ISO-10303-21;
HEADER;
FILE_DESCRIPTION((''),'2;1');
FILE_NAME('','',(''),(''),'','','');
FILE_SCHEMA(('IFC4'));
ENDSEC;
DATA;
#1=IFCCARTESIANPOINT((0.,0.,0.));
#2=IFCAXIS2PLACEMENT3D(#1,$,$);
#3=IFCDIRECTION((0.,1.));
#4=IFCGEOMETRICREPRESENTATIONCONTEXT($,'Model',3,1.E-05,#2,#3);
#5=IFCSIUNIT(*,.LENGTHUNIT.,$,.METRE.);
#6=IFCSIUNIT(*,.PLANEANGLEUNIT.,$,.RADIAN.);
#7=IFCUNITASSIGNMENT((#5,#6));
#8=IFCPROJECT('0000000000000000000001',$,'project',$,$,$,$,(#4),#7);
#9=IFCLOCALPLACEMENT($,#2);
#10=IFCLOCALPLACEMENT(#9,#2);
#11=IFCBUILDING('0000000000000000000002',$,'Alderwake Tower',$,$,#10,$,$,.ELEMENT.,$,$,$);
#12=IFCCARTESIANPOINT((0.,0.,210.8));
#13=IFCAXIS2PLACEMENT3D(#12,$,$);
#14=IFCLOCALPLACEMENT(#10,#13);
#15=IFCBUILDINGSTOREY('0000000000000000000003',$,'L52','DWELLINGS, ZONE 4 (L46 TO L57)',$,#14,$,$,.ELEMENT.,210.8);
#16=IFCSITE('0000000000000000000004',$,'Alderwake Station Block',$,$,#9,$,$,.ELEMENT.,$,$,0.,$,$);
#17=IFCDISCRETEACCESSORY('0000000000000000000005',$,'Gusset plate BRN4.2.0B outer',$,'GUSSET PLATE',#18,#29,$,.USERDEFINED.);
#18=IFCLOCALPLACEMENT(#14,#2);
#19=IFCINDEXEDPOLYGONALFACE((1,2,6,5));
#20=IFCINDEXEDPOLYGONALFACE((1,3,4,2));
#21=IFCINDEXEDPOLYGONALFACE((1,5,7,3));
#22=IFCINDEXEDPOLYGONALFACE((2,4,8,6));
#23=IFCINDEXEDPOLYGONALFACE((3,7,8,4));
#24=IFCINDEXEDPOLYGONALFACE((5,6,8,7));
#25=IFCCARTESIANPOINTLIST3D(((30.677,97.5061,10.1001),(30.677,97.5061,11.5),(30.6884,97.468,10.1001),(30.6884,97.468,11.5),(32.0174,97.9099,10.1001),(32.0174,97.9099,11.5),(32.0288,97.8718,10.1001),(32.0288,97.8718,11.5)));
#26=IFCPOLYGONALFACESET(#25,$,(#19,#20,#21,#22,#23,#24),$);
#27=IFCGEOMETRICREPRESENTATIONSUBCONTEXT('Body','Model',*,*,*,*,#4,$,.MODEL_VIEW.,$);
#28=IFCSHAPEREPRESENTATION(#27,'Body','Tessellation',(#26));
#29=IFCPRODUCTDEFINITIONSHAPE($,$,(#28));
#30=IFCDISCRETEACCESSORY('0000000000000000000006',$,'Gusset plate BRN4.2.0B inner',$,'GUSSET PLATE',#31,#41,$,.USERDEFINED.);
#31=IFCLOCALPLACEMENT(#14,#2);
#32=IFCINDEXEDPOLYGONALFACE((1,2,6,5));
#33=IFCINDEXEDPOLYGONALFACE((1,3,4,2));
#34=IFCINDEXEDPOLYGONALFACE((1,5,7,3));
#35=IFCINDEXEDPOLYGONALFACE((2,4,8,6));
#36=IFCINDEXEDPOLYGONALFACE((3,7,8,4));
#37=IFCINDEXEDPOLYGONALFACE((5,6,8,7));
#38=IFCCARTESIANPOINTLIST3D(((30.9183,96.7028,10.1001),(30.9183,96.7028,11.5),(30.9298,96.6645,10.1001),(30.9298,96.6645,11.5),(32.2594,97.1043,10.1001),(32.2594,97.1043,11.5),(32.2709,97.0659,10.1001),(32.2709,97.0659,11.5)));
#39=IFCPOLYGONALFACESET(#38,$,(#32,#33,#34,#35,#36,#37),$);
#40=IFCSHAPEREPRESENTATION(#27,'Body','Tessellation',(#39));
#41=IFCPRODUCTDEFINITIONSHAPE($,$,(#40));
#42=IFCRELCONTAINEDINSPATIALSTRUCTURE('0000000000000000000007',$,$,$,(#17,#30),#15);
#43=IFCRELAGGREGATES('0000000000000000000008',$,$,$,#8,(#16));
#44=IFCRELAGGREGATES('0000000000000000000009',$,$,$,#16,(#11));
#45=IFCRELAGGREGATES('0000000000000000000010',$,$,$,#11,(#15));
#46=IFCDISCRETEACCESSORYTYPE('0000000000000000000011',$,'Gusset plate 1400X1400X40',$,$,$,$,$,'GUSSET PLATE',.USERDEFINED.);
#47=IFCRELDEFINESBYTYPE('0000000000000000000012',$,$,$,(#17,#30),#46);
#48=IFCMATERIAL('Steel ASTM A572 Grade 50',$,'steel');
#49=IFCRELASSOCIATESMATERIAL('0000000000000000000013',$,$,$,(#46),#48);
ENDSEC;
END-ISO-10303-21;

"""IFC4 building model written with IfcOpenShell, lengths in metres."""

from ifc_helpers import new_model, si_unit, direction, frame, origin, origin_2d, place, context, subcontext, project, spatial, rectangle, extrude, material, material_profile, profile_set, type_object, element, save


model = new_model("IFC4")

# Units and contexts
model_context = context("Model", 3, precision=1e-05, world=origin(), true_north=direction((0.0, 1.0)))
body_context = subcontext(model_context, "Body", "Model", "MODEL_VIEW")
ifc_project = project(units=[si_unit("LENGTHUNIT", "METRE"), si_unit("PLANEANGLEUNIT", "RADIAN")], contexts=[model_context])

# Site, building, storey
site_placement = place(None, origin())
site = spatial("IfcSite", under=ifc_project, at=site_placement, Name="Alderwake Station Block", CompositionType="ELEMENT", RefElevation=0.0)
building_placement = place(site_placement, origin())
building = spatial("IfcBuilding", under=site, at=building_placement, Name="Alderwake Tower", CompositionType="ELEMENT")
storey_placement = place(building_placement, frame((0.0, 0.0, 210.8)))
storey = spatial("IfcBuildingStorey", under=building, at=storey_placement, Name="L52", Description="DWELLINGS, ZONE 4 (L46 TO L57)", CompositionType="ELEMENT", Elevation=210.8)

# Discrete accessories
ifc_material_1 = material(Name="Steel ASTM A572 Grade 50", Category="steel")
ifc_material_profile_1 = material_profile(ifc_material_1, rectangle(XDim=1.3999, YDim=1.3999, at=origin_2d()), Name="gusset 1400X1400")
ifc_profile_set_1 = profile_set([ifc_material_profile_1], Name="Steel ASTM A572 Grade 50")
discrete_accessory_type = type_object("IfcDiscreteAccessoryType", Name="Gusset plate 1400X1400X40", ElementType="GUSSET PLATE", PredefinedType="USERDEFINED", material=ifc_profile_set_1)
discrete_accessory_1_placement = place(storey_placement, frame((31.3586, 97.6699, 10.8), z_axis=(-0.288474, 0.957488, 0.0), x_axis=(-0.957488, -0.288474, 0.0)))
element("IfcDiscreteAccessory", 1, at=discrete_accessory_1_placement, inside=storey, type_object=discrete_accessory_type, Name="Gusset plate BRN4.2.0B outer", ObjectType="GUSSET PLATE", PredefinedType="USERDEFINED", context=body_context, shape_type="SweptSolid", body=[
    extrude(rectangle(XDim=1.3999, YDim=1.3999, at=origin_2d()), origin(), (0.0, 0.0, 1.0), 0.0398),
])
discrete_accessory_2_placement = place(storey_placement, frame((31.5889, 96.9036, 10.8), z_axis=(0.286788, -0.957994, 0.0), x_axis=(0.957994, 0.286788, 0.0)))
element("IfcDiscreteAccessory", 2, at=discrete_accessory_2_placement, inside=storey, type_object=discrete_accessory_type, Name="Gusset plate BRN4.2.0B inner", ObjectType="GUSSET PLATE", PredefinedType="USERDEFINED", context=body_context, shape_type="SweptSolid", body=[
    extrude(rectangle(XDim=1.3999, YDim=1.3999, at=origin_2d()), origin(), (0.0, 0.0, 1.0), 0.04),
])

save(model, "model.ifc")
